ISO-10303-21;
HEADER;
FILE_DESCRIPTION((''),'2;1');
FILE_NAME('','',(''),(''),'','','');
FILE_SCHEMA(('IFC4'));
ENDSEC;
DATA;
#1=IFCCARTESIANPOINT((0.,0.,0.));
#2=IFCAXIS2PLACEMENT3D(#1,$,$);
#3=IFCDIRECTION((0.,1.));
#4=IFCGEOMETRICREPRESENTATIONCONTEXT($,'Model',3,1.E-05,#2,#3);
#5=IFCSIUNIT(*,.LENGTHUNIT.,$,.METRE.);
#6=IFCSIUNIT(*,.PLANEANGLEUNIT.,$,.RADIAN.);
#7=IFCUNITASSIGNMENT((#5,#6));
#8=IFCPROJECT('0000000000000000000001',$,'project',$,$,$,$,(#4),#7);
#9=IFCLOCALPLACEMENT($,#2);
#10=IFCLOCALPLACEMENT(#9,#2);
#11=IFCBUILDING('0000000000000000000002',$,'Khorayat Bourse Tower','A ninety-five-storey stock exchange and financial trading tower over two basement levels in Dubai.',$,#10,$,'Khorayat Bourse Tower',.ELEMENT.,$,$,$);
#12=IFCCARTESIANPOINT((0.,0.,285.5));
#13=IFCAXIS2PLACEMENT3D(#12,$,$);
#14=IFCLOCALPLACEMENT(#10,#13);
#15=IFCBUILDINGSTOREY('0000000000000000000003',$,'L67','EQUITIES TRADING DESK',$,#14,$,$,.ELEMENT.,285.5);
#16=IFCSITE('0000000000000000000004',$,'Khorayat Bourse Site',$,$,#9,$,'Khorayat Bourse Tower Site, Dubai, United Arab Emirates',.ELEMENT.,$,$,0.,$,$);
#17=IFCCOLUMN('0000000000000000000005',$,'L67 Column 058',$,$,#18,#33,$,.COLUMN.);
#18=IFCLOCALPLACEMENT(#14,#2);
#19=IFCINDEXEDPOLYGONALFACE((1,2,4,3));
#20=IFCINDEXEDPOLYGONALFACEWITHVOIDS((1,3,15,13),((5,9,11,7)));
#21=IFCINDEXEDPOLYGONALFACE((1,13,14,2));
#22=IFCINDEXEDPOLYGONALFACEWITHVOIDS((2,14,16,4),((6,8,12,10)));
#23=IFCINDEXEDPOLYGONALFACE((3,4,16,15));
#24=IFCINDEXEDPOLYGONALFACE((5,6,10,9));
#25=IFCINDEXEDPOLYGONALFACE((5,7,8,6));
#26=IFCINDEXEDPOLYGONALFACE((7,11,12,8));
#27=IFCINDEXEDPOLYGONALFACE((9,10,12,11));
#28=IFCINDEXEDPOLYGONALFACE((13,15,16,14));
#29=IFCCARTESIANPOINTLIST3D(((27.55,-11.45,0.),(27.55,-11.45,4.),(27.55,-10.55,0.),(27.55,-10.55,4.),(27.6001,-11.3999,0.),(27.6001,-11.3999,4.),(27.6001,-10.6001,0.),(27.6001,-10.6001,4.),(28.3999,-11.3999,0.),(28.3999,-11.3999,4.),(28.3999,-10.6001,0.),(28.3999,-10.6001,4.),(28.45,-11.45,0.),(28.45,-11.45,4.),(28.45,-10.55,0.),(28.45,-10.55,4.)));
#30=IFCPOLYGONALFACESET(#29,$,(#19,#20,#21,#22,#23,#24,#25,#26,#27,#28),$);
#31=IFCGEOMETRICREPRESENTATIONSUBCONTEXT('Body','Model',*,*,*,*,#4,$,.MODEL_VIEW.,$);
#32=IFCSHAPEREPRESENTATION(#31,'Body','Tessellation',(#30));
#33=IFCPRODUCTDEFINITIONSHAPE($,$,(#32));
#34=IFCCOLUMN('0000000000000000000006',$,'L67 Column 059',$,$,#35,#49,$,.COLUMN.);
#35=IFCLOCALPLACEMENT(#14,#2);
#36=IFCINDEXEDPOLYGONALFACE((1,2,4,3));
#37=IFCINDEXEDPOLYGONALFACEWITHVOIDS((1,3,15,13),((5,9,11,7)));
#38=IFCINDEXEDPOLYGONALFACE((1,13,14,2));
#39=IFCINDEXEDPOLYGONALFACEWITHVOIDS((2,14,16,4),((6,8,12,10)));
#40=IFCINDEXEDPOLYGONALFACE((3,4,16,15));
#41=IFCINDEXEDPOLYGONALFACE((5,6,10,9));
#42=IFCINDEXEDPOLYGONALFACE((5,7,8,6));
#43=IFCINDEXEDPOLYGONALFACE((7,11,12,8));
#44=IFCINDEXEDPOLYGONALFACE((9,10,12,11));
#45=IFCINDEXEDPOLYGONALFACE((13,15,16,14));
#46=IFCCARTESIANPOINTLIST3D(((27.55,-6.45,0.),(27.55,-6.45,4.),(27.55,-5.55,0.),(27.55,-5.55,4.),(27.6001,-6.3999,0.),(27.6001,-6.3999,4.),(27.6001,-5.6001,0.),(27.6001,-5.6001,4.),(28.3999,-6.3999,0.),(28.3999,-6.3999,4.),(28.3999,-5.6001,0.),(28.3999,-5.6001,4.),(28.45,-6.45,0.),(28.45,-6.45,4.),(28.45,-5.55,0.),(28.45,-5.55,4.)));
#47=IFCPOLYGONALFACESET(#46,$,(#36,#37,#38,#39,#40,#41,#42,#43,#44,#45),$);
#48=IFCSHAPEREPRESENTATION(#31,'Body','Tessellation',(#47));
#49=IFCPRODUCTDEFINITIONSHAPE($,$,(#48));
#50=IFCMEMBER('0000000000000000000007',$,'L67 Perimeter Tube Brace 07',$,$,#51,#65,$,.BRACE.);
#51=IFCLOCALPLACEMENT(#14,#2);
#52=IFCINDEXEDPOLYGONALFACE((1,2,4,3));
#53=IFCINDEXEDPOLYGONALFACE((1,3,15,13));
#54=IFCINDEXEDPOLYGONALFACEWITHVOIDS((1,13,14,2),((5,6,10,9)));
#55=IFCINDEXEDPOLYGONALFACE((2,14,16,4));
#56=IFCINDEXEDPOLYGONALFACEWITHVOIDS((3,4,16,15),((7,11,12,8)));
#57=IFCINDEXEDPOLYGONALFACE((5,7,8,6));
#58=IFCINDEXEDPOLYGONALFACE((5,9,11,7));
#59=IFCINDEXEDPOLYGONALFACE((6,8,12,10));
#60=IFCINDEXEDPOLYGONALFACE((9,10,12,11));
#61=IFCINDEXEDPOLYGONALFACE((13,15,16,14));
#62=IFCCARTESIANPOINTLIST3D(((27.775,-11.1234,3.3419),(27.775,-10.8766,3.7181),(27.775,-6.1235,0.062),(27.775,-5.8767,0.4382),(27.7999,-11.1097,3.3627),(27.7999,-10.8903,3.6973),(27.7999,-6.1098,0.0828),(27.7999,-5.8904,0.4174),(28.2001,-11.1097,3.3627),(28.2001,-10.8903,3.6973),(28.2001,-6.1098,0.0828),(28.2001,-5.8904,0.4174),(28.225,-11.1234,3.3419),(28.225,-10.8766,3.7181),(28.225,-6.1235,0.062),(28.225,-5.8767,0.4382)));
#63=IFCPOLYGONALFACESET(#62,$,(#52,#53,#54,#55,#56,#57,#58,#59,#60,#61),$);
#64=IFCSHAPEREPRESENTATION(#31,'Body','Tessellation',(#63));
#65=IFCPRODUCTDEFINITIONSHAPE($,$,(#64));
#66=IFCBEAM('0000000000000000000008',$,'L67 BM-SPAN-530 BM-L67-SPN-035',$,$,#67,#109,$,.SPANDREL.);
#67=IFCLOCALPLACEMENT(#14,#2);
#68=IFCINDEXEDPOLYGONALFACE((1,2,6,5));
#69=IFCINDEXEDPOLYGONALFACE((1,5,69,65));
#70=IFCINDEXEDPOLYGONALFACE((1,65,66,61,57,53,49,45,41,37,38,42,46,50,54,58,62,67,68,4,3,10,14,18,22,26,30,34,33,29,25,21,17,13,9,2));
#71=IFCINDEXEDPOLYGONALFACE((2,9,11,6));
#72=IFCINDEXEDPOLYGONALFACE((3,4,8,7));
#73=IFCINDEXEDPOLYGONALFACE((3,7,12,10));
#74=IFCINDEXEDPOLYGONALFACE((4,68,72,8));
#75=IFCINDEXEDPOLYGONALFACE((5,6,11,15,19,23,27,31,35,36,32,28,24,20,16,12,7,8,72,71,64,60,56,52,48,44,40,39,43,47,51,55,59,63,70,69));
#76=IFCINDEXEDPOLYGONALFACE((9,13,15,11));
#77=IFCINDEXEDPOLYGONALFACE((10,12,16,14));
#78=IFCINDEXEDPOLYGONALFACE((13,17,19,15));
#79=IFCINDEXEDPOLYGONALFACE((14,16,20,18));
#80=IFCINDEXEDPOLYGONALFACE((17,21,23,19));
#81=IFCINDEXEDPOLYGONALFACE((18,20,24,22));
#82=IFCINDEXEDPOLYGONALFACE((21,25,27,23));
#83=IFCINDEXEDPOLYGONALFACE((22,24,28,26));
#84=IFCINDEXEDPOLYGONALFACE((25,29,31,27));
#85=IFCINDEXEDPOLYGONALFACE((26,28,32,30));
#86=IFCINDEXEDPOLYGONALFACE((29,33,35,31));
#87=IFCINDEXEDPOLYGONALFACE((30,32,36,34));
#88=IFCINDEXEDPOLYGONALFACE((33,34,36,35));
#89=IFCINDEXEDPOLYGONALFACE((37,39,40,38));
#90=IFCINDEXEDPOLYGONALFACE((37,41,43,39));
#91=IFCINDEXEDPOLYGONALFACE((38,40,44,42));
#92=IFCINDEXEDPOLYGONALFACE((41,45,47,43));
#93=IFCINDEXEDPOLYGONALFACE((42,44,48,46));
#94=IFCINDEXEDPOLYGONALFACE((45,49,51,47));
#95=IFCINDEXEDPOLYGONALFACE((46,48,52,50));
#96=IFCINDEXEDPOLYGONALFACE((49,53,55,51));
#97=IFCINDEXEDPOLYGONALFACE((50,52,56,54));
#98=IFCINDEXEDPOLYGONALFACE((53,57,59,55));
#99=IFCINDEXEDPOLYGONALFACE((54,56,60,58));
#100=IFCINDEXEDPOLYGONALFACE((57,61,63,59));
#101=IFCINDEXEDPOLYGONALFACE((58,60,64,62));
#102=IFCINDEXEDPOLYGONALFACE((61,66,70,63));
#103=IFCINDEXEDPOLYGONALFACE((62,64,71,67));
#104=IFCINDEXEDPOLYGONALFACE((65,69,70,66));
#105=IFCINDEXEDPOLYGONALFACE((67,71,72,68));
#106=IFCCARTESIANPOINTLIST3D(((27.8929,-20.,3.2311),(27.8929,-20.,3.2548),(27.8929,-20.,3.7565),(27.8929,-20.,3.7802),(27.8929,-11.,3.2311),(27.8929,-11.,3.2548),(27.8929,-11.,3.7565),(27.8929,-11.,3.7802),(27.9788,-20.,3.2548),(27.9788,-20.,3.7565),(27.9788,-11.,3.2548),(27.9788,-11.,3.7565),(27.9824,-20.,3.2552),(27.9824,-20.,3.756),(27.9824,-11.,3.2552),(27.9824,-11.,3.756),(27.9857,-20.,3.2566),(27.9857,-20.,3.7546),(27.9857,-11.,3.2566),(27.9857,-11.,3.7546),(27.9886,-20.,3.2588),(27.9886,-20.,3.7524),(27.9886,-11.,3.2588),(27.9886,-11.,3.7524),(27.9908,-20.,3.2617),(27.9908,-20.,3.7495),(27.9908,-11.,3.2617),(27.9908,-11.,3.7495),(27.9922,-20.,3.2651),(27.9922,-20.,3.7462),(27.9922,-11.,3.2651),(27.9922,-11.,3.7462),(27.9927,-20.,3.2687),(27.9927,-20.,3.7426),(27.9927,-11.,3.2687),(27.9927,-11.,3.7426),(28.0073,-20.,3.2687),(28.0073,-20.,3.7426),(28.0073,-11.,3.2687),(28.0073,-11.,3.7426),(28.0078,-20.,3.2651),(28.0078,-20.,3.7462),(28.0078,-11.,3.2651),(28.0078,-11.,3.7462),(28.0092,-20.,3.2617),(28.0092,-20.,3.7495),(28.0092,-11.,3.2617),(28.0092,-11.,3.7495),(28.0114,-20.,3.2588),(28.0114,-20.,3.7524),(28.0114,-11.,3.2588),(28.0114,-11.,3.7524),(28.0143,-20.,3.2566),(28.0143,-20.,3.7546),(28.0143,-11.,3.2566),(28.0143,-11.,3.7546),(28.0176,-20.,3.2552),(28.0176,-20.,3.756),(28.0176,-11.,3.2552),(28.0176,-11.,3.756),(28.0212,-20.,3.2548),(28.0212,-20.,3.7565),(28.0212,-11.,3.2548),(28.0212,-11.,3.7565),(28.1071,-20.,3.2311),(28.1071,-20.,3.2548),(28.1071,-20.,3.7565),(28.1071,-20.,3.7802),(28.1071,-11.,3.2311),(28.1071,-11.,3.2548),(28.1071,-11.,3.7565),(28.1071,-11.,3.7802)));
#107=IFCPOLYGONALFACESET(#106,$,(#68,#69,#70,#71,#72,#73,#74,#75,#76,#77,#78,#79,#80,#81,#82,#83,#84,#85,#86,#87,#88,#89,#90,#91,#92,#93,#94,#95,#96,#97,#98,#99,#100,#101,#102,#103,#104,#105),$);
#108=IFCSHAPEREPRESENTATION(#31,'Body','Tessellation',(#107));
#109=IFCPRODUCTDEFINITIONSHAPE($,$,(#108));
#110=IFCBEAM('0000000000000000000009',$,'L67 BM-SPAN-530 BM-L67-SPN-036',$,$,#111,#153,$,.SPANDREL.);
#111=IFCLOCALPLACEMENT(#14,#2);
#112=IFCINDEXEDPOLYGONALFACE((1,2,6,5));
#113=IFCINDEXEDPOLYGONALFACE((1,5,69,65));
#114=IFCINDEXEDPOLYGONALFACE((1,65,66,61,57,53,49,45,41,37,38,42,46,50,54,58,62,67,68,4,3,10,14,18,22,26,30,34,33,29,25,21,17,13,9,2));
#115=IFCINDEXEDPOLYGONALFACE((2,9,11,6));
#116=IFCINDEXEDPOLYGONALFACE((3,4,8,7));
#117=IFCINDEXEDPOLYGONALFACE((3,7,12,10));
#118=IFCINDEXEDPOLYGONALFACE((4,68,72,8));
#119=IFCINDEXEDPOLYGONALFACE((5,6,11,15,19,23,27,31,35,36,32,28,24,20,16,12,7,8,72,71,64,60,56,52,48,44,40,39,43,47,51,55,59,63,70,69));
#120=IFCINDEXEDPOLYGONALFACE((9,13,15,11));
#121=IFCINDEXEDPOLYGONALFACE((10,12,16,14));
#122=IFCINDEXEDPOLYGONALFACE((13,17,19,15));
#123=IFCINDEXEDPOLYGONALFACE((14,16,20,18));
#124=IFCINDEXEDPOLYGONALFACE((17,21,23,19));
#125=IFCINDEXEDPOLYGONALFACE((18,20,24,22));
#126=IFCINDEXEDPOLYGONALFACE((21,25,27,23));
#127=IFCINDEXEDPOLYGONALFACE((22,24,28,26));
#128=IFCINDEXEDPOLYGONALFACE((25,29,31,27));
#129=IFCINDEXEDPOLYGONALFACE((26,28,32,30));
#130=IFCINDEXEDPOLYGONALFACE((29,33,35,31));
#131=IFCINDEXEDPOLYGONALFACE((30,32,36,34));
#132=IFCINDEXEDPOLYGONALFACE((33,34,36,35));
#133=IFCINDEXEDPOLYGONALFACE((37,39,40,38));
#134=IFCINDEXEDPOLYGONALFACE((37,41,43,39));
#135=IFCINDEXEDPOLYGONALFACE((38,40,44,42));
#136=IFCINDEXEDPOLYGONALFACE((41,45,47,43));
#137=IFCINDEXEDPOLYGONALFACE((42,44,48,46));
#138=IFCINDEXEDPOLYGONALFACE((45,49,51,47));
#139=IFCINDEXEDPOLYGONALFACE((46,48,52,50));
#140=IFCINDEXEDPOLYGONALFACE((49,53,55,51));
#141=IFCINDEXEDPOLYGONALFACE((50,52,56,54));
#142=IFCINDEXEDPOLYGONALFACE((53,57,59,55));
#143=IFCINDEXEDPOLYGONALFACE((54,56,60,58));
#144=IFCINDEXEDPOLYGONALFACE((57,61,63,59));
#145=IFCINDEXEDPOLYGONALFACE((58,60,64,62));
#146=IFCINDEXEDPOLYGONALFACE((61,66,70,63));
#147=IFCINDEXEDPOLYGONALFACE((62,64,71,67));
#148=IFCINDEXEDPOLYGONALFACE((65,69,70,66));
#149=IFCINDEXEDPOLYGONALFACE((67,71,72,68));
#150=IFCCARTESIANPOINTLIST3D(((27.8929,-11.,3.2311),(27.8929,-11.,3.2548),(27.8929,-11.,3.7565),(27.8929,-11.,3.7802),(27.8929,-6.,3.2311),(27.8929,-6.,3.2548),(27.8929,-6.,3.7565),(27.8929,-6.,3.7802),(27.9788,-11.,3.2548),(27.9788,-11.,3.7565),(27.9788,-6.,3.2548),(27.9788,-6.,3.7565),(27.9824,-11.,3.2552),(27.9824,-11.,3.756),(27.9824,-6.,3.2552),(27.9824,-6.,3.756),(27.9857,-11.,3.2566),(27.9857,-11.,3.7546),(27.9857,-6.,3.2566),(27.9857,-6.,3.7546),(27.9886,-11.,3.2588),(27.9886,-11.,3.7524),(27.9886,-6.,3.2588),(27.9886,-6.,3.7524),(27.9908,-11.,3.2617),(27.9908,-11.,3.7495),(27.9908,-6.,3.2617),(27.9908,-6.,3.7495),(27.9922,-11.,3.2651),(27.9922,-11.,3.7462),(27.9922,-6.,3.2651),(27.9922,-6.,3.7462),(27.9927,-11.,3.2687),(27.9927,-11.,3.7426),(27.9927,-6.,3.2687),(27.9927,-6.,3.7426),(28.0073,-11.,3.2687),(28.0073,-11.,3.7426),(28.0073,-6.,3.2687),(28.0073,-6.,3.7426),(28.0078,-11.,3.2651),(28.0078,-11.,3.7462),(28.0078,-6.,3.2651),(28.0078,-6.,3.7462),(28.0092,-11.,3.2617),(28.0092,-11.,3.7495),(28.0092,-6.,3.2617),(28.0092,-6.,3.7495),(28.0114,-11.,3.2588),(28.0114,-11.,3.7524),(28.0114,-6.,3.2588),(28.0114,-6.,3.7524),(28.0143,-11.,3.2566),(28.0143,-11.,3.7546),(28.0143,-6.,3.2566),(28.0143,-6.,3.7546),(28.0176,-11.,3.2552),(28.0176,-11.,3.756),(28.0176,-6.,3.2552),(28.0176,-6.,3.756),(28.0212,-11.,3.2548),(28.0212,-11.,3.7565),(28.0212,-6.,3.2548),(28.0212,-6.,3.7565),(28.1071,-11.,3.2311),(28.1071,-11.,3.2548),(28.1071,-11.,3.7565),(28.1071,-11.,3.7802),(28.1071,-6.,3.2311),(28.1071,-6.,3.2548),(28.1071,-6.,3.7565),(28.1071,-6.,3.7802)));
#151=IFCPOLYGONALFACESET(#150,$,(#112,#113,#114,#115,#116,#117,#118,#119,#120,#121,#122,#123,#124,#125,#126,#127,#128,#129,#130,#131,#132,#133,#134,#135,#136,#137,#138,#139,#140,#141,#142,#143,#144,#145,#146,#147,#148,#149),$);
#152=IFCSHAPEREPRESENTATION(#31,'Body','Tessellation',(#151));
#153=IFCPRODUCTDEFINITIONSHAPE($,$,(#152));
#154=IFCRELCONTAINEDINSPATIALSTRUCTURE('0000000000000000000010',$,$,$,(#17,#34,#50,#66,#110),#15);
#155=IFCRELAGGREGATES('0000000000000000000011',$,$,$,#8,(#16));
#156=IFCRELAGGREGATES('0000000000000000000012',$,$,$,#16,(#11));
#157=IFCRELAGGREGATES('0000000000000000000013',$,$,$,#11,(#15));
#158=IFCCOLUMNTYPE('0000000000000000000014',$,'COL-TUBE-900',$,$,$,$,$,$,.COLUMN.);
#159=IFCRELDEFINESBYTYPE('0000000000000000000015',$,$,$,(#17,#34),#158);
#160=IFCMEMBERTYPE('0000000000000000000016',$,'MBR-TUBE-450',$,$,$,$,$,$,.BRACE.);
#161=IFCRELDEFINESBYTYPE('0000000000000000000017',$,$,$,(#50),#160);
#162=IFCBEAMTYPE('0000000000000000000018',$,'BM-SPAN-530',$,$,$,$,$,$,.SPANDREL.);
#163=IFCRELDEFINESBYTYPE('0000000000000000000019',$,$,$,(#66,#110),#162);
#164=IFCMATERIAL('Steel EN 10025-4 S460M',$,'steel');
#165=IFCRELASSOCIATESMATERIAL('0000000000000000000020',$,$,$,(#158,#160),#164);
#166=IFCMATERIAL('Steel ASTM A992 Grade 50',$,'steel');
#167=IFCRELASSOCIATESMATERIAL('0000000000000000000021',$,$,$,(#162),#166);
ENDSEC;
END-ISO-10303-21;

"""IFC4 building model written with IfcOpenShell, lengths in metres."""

from ifc_helpers import new_model, si_unit, direction, frame, origin, origin_2d, place, context, subcontext, project, spatial, hollow_rectangle, i_section, extrude, source, transform, mapped, material, material_profile, profile_set, type_object, element, save


model = new_model("IFC4")

# Units and contexts
model_context = context("Model", 3, precision=1e-05, world=origin(), true_north=direction((0.0, 1.0)))
body_context = subcontext(model_context, "Body", "Model", "MODEL_VIEW")
ifc_project = project(units=[si_unit("LENGTHUNIT", "METRE"), si_unit("PLANEANGLEUNIT", "RADIAN")], contexts=[model_context])

# Site, building, storey
site_placement = place(None, origin())
site = spatial("IfcSite", under=ifc_project, at=site_placement, Name="Khorayat Bourse Site", LongName="Khorayat Bourse Tower Site, Dubai, United Arab Emirates", CompositionType="ELEMENT", RefElevation=0.0)
building_placement = place(site_placement, origin())
building = spatial("IfcBuilding", under=site, at=building_placement, Name="Khorayat Bourse Tower", Description="A ninety-five-storey stock exchange and financial trading tower over two basement levels in Dubai.", LongName="Khorayat Bourse Tower", CompositionType="ELEMENT")
storey_placement = place(building_placement, frame((0.0, 0.0, 285.5)))
storey = spatial("IfcBuildingStorey", under=building, at=storey_placement, Name="L67", Description="EQUITIES TRADING DESK", CompositionType="ELEMENT", Elevation=285.5)

# Columns
ifc_material_1 = material(Name="Steel EN 10025-4 S460M", Category="steel")
ifc_material_profile_1 = material_profile(ifc_material_1, hollow_rectangle(XDim=0.8999, YDim=0.8999, WallThickness=0.05, at=origin_2d()), Name="BOX 900x900x50")
ifc_profile_set_1 = profile_set([ifc_material_profile_1], Name="Steel EN 10025-4 S460M")
column_type = type_object("IfcColumnType", Name="COL-TUBE-900", PredefinedType="COLUMN", material=ifc_profile_set_1)
shared_shape_1 = source(origin(), body_context, "Body", "SweptSolid", [
    extrude(hollow_rectangle(XDim=0.8999, YDim=0.8999, WallThickness=0.05, at=origin_2d()), origin(), (0.0, 0.0, 1.0), 4.0),
])
for number, where, z_axis, x_axis, name in (
    (1, (28.0, -11.0, 0.0), (0.0, 0.0, 1.0), (1.0, 0.0, 0.0), "L67 Column 058"),
    (2, (28.0, -6.0, 0.0), (0.0, 0.0, 1.0), (1.0, 0.0, 0.0), "L67 Column 059"),
):
    element("IfcColumn", number, at=place(storey_placement, frame(where, z_axis=z_axis, x_axis=x_axis)), inside=storey, type_object=column_type, Name=name, PredefinedType="COLUMN", context=body_context, shape_type="MappedRepresentation", body=[
        mapped(shared_shape_1, transform((0.0, 0.0, 0.0), scale=1.0)),
    ])

# Member
ifc_material_profile_2 = material_profile(ifc_material_1, hollow_rectangle(XDim=0.45, YDim=0.45, WallThickness=0.0249, at=origin_2d()), Name="HSS 450x450x25")
ifc_profile_set_2 = profile_set([ifc_material_profile_2], Name="Steel EN 10025-4 S460M")
member_type_1 = type_object("IfcMemberType", Name="MBR-TUBE-450", PredefinedType="BRACE", material=ifc_profile_set_2)
shared_shape_2 = source(origin(), body_context, "Body", "SweptSolid", [
    extrude(hollow_rectangle(XDim=0.45, YDim=0.45, WallThickness=0.0249, at=origin_2d()), origin(), (0.0, 0.0, 1.0), 5.9797),
])
member_1_placement = place(storey_placement, frame((28.0, -11.0, 3.53), z_axis=(0.0, 0.836142, -0.548514), x_axis=(-1.0, 0.0, 0.0)))
element("IfcMember", 3, at=member_1_placement, inside=storey, type_object=member_type_1, Name="L67 Perimeter Tube Brace 07", PredefinedType="BRACE", context=body_context, shape_type="MappedRepresentation", body=[
    mapped(shared_shape_2, transform((0.0, 0.0, 0.0), scale=1.0)),
])

# Beams
ifc_material_2 = material(Name="Steel ASTM A992 Grade 50", Category="steel")
ifc_material_profile_3 = material_profile(ifc_material_2, i_section(OverallWidth=0.2141, OverallDepth=0.5491, WebThickness=0.0146, FlangeThickness=0.0237, FilletRadius=0.0139, at=origin_2d()), Name="W530X138")
ifc_profile_set_3 = profile_set([ifc_material_profile_3], Name="Steel ASTM A992 Grade 50")
beam_type = type_object("IfcBeamType", Name="BM-SPAN-530", PredefinedType="SPANDREL", material=ifc_profile_set_3)
shared_shape_3 = source(origin(), body_context, "Body", "SweptSolid", [
    extrude(i_section(OverallWidth=0.2141, OverallDepth=0.5491, WebThickness=0.0146, FlangeThickness=0.0237, FilletRadius=0.0139, at=origin_2d()), origin(), (0.0, 0.0, 1.0), 9.0),
])
beam_1_placement = place(storey_placement, frame((28.0, -20.0, 3.5056), z_axis=(0.0, 1.0, 0.0), x_axis=(-1.0, 0.0, 0.0)))
element("IfcBeam", 4, at=beam_1_placement, inside=storey, type_object=beam_type, Name="L67 BM-SPAN-530 BM-L67-SPN-035", PredefinedType="SPANDREL", context=body_context, shape_type="MappedRepresentation", body=[
    mapped(shared_shape_3, transform((0.0, 0.0, 0.0), scale=1.0)),
])
shared_shape_4 = source(origin(), body_context, "Body", "SweptSolid", [
    extrude(i_section(OverallWidth=0.2141, OverallDepth=0.5491, WebThickness=0.0146, FlangeThickness=0.0237, FilletRadius=0.0139, at=origin_2d()), origin(), (0.0, 0.0, 1.0), 5.0),
])
beam_2_placement = place(storey_placement, frame((28.0, -11.0, 3.5056), z_axis=(0.0, 1.0, 0.0), x_axis=(-1.0, 0.0, 0.0)))
element("IfcBeam", 5, at=beam_2_placement, inside=storey, type_object=beam_type, Name="L67 BM-SPAN-530 BM-L67-SPN-036", PredefinedType="SPANDREL", context=body_context, shape_type="MappedRepresentation", body=[
    mapped(shared_shape_4, transform((0.0, 0.0, 0.0), scale=1.0)),
])

save(model, "model.ifc")
